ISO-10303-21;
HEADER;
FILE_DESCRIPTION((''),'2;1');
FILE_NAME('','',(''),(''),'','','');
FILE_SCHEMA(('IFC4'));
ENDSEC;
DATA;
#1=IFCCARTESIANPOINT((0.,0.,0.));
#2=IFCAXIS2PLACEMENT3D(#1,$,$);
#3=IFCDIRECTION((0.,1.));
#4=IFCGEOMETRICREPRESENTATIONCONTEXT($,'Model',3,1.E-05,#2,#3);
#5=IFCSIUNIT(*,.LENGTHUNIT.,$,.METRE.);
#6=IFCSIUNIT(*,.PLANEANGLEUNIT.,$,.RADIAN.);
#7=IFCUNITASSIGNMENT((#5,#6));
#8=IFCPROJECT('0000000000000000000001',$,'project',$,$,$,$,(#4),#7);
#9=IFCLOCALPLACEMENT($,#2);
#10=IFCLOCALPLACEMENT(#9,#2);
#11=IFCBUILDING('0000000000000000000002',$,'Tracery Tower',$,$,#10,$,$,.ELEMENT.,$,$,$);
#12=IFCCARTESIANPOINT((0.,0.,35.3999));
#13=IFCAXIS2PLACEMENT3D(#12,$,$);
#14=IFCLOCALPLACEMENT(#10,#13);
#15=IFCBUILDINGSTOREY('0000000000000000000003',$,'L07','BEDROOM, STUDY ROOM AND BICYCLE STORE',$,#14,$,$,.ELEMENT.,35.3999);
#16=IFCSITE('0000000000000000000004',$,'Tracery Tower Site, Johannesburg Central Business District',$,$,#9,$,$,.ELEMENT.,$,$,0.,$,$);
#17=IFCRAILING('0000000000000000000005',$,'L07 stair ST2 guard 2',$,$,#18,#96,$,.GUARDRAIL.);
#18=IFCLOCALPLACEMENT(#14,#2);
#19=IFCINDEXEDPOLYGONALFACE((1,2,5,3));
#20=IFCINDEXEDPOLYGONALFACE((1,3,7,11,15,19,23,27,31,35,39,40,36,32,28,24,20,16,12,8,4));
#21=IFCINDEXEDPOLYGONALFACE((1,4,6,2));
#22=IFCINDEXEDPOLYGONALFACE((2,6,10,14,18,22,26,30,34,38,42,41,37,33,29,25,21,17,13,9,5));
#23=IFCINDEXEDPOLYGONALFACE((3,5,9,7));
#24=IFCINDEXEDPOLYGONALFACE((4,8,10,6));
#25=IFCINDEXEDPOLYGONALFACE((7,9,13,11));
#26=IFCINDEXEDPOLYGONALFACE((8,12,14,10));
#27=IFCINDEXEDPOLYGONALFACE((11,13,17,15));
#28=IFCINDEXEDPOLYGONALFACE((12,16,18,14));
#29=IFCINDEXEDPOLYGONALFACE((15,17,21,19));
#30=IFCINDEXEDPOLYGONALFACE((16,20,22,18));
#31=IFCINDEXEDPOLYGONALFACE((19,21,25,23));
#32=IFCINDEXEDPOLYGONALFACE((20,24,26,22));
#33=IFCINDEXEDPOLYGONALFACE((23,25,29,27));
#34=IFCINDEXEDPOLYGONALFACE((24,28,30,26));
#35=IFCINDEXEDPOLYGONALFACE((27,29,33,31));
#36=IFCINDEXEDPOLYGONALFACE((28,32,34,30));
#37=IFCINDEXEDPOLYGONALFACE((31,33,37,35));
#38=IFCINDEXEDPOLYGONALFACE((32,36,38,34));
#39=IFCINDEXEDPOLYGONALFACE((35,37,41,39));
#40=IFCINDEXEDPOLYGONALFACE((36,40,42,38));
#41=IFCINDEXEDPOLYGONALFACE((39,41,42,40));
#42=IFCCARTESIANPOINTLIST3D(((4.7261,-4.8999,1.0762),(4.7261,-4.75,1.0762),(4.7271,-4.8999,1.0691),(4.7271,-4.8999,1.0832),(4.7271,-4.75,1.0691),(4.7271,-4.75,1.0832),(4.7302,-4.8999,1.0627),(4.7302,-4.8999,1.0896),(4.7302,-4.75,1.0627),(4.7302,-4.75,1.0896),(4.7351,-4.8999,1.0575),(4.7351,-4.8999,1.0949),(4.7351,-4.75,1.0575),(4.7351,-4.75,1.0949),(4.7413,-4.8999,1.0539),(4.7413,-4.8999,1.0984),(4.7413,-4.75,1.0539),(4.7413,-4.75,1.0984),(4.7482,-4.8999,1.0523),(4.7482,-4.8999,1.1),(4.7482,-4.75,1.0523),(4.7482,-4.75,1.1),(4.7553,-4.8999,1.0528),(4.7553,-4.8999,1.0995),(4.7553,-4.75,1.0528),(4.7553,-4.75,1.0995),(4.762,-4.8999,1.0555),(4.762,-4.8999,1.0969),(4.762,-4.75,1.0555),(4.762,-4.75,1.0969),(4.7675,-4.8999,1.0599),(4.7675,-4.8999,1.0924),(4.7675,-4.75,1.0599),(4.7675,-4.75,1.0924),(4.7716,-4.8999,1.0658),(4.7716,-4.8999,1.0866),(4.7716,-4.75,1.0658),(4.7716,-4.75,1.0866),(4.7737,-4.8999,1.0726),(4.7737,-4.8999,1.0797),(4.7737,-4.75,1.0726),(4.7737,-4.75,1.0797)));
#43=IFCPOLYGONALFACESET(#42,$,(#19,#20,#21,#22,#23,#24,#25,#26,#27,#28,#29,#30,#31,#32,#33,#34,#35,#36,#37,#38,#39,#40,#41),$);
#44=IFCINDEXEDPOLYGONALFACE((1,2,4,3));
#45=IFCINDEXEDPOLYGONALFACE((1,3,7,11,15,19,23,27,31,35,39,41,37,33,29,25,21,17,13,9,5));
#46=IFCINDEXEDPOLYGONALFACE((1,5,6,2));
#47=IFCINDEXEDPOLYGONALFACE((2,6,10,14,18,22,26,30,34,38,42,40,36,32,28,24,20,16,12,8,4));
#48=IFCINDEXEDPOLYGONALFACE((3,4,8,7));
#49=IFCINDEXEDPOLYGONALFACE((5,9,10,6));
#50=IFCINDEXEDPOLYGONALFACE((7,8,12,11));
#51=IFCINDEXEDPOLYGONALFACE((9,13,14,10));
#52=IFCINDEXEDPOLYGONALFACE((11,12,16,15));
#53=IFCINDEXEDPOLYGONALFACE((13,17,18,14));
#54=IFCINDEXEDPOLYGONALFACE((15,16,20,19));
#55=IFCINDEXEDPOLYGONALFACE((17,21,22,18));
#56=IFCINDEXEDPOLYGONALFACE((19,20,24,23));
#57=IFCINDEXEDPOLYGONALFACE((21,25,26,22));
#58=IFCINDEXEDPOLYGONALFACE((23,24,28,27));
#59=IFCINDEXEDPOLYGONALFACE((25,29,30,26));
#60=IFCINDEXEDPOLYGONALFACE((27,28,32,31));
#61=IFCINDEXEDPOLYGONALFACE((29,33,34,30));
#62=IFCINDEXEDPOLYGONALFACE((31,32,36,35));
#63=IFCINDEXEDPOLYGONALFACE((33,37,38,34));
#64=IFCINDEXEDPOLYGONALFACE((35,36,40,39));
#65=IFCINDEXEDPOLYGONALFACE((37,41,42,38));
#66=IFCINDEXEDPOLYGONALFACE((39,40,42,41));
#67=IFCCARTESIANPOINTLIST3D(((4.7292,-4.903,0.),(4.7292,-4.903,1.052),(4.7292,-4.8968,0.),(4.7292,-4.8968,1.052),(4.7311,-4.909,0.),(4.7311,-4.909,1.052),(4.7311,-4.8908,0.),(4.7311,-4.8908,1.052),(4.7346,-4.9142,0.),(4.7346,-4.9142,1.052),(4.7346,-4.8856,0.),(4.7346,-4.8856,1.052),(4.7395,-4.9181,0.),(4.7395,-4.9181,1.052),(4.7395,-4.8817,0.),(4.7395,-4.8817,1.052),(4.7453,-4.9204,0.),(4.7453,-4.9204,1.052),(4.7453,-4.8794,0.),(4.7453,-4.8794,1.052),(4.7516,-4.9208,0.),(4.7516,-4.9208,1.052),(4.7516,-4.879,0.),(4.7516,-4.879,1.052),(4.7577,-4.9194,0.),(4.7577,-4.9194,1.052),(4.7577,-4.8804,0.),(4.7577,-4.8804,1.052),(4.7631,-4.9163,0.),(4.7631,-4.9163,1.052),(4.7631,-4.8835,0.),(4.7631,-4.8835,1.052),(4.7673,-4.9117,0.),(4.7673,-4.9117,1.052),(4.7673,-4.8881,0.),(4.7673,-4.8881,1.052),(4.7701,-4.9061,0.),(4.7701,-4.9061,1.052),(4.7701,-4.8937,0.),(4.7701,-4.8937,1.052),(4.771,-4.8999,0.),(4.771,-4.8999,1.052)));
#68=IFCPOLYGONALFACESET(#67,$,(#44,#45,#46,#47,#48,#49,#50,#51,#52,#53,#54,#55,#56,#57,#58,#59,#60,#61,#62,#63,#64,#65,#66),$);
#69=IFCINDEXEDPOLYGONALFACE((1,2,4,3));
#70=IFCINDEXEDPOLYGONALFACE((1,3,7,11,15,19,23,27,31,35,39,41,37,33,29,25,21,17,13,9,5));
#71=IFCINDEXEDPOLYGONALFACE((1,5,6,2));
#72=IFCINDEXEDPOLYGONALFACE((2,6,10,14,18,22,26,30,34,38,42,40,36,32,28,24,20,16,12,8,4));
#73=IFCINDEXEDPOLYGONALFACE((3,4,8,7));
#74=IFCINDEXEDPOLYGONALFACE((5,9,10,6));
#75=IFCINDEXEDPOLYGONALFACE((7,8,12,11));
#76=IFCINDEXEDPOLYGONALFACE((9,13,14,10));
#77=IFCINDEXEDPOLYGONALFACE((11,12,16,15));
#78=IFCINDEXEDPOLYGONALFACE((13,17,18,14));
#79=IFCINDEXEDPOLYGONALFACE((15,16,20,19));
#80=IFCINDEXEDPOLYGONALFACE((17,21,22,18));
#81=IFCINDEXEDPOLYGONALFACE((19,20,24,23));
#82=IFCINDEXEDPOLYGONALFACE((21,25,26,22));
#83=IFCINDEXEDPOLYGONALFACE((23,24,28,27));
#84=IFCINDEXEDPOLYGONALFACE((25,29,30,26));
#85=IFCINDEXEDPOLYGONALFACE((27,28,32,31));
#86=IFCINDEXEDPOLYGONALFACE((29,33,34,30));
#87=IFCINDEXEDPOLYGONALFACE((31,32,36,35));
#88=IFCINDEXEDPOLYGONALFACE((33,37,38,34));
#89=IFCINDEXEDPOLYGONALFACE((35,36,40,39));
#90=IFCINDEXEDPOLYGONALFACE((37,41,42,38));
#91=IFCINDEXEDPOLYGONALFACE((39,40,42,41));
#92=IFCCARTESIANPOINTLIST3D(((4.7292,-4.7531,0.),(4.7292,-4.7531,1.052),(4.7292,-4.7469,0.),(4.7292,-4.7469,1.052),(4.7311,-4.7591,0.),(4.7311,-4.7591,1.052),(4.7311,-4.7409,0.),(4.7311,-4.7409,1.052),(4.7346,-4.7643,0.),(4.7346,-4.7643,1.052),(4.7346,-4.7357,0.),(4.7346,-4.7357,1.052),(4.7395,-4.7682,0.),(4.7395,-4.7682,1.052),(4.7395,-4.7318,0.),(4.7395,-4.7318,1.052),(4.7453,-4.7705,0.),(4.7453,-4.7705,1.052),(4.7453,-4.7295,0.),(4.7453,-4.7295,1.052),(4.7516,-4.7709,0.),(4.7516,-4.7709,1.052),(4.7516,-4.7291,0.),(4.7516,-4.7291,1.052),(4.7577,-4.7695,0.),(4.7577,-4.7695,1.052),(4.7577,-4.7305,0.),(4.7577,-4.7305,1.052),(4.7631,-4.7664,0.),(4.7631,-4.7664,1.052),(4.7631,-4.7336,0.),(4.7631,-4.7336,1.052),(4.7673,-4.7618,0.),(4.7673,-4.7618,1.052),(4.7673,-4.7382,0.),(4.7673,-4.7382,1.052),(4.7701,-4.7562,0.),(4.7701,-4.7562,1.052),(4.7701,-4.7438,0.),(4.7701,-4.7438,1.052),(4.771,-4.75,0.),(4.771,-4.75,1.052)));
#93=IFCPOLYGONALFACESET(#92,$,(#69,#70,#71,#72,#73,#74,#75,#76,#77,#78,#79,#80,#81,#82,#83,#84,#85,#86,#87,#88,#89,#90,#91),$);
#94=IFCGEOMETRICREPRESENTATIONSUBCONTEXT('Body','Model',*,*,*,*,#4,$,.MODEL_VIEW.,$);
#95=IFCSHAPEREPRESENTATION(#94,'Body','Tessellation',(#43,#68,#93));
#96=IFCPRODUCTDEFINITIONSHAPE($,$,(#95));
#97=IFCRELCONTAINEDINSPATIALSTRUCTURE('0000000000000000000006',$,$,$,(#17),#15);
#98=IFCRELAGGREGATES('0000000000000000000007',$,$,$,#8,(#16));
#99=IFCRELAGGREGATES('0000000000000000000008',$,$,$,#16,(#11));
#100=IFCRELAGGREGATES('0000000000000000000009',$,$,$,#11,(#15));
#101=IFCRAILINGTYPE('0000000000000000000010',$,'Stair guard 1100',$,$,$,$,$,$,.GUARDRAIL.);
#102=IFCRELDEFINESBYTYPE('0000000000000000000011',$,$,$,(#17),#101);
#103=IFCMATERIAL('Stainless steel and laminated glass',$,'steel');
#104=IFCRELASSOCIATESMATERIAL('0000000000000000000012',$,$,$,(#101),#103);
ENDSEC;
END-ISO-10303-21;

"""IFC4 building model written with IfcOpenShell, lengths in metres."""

from ifc_helpers import new_model, si_unit, direction, frame, origin, origin_2d, place, context, subcontext, project, spatial, circle, extrude, material, type_object, element, save


model = new_model("IFC4")

# Units and contexts
model_context = context("Model", 3, precision=1e-05, world=origin(), true_north=direction((0.0, 1.0)))
body_context = subcontext(model_context, "Body", "Model", "MODEL_VIEW")
ifc_project = project(units=[si_unit("LENGTHUNIT", "METRE"), si_unit("PLANEANGLEUNIT", "RADIAN")], contexts=[model_context])

# Site, building, storey
site_placement = place(None, origin())
site = spatial("IfcSite", under=ifc_project, at=site_placement, Name="Tracery Tower Site, Johannesburg Central Business District", CompositionType="ELEMENT", RefElevation=0.0)
building_placement = place(site_placement, origin())
building = spatial("IfcBuilding", under=site, at=building_placement, Name="Tracery Tower", CompositionType="ELEMENT")
storey_placement = place(building_placement, frame((0.0, 0.0, 35.3999)))
storey = spatial("IfcBuildingStorey", under=building, at=storey_placement, Name="L07", Description="BEDROOM, STUDY ROOM AND BICYCLE STORE", CompositionType="ELEMENT", Elevation=35.3999)

# Railing
ifc_material_1 = material(Name="Stainless steel and laminated glass", Category="steel")
railing_type_1 = type_object("IfcRailingType", Name="Stair guard 1100", PredefinedType="GUARDRAIL", material=ifc_material_1)
railing_1_placement = place(storey_placement, frame((4.75, -4.8999, 0.0)))
element("IfcRailing", 1, at=railing_1_placement, inside=storey, type_object=railing_type_1, Name="L07 stair ST2 guard 2", PredefinedType="GUARDRAIL", context=body_context, shape_type="SweptSolid", body=[
    extrude(circle(Radius=0.0239, at=origin_2d()), frame((0.0, 0.0, 1.0762), z_axis=(0.0, 1.0, 0.0), x_axis=(-1.0, 0.0, 0.0)), (0.0, 0.0, 1.0), 0.1499),
    extrude(circle(Radius=0.021, at=origin_2d()), origin(), (0.0, 0.0, 1.0), 1.052),
    extrude(circle(Radius=0.021, at=origin_2d()), frame((0.0, 0.1499, 0.0)), (0.0, 0.0, 1.0), 1.052),
])

save(model, "model.ifc")
